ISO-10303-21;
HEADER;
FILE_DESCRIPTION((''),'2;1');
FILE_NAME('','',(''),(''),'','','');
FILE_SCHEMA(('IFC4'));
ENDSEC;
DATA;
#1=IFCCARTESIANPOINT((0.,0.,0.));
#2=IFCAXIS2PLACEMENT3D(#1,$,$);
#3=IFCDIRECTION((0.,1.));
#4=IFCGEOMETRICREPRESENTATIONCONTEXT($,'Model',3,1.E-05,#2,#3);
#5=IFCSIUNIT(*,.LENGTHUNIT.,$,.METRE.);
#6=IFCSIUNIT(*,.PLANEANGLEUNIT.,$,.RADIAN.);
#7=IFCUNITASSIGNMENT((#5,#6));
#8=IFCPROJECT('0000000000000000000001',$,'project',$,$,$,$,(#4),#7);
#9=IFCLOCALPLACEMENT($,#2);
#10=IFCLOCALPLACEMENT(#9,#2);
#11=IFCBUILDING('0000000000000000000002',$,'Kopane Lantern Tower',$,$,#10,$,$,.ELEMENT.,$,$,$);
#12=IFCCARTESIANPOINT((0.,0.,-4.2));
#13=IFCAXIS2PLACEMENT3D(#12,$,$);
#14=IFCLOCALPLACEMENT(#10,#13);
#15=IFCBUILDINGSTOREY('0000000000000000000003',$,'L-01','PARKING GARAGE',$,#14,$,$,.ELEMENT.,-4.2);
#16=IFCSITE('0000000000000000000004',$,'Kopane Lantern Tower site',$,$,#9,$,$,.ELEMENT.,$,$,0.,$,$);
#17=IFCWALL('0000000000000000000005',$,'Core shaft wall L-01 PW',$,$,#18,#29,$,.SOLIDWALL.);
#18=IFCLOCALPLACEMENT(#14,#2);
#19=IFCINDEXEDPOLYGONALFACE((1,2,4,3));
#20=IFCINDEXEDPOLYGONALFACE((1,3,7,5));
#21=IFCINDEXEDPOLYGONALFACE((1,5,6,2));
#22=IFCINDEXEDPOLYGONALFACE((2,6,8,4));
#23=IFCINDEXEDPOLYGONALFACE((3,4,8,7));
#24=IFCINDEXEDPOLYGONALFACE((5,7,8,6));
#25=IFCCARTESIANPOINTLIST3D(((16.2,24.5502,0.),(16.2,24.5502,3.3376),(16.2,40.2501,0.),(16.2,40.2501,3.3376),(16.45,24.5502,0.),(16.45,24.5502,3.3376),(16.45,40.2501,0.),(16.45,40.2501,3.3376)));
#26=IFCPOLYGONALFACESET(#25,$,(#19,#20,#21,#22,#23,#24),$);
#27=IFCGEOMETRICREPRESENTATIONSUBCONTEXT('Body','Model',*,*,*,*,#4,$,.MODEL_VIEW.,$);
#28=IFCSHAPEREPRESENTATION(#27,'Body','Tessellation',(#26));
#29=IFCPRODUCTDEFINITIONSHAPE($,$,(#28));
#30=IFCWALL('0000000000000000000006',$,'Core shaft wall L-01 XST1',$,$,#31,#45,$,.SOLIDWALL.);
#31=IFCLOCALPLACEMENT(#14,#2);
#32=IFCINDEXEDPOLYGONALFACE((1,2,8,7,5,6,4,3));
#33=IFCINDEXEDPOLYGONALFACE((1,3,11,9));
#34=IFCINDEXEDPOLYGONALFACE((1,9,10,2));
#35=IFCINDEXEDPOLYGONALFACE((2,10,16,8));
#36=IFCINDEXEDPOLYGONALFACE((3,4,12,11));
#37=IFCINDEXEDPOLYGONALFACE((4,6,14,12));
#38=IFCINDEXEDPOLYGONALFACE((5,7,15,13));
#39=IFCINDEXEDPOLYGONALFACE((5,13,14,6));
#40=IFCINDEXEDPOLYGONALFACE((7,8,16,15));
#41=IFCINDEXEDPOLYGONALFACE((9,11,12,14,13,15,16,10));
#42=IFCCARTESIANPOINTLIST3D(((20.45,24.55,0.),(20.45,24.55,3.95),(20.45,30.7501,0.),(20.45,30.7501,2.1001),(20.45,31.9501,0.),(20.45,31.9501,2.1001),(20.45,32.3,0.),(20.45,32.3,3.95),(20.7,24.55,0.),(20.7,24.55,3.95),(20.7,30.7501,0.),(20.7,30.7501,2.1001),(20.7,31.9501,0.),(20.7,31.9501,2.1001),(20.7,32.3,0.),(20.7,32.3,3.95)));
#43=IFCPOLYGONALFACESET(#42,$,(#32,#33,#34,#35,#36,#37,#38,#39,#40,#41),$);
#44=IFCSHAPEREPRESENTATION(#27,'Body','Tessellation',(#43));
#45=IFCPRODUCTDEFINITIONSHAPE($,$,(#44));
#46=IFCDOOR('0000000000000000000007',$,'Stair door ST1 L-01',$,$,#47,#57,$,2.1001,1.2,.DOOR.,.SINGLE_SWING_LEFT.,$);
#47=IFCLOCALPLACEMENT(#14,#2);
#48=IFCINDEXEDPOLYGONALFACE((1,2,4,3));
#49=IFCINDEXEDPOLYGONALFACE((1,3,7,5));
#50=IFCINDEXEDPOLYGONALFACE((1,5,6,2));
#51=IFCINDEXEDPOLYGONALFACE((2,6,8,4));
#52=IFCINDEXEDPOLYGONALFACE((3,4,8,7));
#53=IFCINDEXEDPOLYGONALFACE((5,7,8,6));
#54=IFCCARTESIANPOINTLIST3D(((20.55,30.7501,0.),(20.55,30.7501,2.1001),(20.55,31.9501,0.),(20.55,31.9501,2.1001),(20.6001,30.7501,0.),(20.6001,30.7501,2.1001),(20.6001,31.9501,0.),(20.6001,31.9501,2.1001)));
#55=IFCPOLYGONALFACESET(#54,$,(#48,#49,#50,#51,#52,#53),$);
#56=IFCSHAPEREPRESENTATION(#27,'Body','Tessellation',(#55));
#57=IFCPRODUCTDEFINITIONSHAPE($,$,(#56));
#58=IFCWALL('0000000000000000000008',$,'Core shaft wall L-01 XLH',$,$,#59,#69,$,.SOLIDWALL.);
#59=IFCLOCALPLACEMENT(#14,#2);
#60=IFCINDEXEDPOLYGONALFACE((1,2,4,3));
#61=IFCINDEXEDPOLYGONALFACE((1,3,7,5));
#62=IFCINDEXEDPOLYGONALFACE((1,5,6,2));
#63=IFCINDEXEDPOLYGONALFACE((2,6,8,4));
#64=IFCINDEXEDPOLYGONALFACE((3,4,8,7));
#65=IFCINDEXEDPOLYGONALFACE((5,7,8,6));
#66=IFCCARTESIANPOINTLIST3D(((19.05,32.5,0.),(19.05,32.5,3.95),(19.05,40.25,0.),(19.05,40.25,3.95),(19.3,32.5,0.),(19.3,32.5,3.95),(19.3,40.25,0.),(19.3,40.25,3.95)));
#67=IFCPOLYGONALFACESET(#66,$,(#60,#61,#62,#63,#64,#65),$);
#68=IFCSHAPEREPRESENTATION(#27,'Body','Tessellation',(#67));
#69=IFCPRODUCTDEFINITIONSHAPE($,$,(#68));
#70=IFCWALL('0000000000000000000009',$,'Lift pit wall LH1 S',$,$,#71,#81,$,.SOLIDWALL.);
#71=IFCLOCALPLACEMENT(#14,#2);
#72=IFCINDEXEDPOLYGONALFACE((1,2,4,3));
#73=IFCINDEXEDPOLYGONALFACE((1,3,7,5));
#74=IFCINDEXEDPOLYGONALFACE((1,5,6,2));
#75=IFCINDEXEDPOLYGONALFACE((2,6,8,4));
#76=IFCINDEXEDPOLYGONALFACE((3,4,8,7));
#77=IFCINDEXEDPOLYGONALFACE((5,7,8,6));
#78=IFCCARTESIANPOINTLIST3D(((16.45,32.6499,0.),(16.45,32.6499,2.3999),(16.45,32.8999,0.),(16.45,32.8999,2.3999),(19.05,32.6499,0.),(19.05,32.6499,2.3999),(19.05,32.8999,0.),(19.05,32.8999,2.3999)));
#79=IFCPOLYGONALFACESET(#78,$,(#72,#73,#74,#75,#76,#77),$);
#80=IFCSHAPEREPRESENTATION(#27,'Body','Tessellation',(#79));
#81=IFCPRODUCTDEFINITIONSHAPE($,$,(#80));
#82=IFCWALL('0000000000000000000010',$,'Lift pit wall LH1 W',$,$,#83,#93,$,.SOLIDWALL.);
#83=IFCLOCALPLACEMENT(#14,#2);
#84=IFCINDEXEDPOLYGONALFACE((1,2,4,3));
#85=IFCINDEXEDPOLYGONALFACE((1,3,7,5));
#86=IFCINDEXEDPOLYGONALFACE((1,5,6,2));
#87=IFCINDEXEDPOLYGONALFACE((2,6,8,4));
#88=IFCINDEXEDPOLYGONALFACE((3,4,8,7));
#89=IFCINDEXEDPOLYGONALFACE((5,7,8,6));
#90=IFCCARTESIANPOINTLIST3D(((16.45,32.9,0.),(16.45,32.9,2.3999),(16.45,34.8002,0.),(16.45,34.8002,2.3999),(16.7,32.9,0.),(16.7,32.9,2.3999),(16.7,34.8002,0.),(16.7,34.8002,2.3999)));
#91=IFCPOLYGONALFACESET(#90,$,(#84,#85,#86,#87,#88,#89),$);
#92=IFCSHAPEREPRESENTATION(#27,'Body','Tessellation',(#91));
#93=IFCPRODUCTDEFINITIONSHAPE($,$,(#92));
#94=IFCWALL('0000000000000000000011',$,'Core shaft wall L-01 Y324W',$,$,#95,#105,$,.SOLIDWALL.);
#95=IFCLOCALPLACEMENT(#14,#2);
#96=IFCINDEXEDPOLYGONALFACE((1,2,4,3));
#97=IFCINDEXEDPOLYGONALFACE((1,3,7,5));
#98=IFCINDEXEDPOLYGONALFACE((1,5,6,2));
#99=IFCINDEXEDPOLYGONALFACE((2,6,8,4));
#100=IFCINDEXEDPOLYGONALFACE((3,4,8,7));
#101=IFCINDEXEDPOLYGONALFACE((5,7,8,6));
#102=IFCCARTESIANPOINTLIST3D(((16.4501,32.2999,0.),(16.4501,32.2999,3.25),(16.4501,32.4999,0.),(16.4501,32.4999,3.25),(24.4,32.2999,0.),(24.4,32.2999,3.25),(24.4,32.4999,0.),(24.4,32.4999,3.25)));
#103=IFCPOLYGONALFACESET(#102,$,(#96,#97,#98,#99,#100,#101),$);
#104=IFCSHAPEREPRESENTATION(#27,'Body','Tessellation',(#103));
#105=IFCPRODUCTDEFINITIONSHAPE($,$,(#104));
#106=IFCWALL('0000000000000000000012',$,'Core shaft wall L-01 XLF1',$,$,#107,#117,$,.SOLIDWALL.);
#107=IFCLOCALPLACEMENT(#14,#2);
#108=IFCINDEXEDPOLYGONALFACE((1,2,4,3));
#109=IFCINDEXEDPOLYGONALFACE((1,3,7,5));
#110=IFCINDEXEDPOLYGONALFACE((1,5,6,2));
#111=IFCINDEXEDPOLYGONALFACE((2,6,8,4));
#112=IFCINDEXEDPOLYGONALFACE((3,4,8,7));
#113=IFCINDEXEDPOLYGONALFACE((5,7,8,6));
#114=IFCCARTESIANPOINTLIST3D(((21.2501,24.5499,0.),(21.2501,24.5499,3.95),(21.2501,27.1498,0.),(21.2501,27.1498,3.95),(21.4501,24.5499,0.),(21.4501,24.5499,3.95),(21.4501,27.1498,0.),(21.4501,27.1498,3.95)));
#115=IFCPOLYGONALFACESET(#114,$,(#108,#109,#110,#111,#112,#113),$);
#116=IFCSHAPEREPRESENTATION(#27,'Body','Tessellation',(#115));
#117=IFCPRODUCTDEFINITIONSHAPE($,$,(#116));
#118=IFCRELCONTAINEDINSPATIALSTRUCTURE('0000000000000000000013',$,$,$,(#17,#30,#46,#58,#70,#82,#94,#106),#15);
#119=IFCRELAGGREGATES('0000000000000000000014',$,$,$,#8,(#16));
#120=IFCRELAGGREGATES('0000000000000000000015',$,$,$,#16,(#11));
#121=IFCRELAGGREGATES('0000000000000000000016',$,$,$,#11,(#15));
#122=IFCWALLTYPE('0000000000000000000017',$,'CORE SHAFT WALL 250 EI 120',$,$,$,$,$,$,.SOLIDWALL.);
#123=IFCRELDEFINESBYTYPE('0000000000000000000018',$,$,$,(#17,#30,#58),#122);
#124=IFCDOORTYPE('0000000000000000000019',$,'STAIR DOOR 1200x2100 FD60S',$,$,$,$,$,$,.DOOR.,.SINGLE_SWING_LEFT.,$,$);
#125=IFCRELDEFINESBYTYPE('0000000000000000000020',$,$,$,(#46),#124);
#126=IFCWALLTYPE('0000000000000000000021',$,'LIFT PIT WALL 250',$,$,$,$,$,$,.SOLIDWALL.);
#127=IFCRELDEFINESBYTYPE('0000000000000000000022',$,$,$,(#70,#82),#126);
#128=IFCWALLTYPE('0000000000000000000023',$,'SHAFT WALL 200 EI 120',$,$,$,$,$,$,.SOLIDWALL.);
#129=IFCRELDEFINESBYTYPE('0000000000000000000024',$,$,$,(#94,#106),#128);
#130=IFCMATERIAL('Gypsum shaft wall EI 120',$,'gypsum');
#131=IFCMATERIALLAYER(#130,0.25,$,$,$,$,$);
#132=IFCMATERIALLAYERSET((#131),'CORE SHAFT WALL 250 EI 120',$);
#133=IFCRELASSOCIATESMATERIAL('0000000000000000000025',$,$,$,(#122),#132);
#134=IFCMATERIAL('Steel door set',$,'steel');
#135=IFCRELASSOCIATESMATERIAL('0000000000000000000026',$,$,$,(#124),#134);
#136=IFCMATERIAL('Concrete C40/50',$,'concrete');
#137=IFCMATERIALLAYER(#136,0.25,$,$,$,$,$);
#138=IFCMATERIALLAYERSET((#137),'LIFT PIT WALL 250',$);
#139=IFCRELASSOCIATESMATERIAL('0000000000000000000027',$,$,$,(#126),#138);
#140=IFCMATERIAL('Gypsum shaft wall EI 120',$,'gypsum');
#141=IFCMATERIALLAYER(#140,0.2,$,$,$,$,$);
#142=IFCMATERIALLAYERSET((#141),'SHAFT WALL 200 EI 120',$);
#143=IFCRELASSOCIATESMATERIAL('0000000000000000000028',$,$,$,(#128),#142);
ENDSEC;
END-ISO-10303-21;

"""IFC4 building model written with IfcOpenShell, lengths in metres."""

from ifc_helpers import new_model, si_unit, direction, frame, frame_2d, origin, place, context, subcontext, project, spatial, rectangle, extrude, material, layer, layer_set, type_object, element, fill, save


model = new_model("IFC4")

# Units and contexts
model_context = context("Model", 3, precision=1e-05, world=origin(), true_north=direction((0.0, 1.0)))
body_context = subcontext(model_context, "Body", "Model", "MODEL_VIEW")
ifc_project = project(units=[si_unit("LENGTHUNIT", "METRE"), si_unit("PLANEANGLEUNIT", "RADIAN")], contexts=[model_context])

# Site, building, storey
site_placement = place(None, origin())
site = spatial("IfcSite", under=ifc_project, at=site_placement, Name="Kopane Lantern Tower site", CompositionType="ELEMENT", RefElevation=0.0)
building_placement = place(site_placement, origin())
building = spatial("IfcBuilding", under=site, at=building_placement, Name="Kopane Lantern Tower", CompositionType="ELEMENT")
storey_placement = place(building_placement, frame((0.0, 0.0, -4.2)))
storey = spatial("IfcBuildingStorey", under=building, at=storey_placement, Name="L-01", Description="PARKING GARAGE", CompositionType="ELEMENT", Elevation=-4.2)

# Wall
ifc_material_1 = material(Name="Gypsum shaft wall EI 120", Category="gypsum")
ifc_layer_1 = layer(ifc_material_1, 0.25)
ifc_layer_set_1 = layer_set([ifc_layer_1], Name="CORE SHAFT WALL 250 EI 120")
wall_type_1 = type_object("IfcWallType", Name="CORE SHAFT WALL 250 EI 120", PredefinedType="SOLIDWALL", material=ifc_layer_set_1)
wall_1_placement = place(storey_placement, frame((16.325, 24.55, 0.0), z_axis=(0.0, 0.0, 1.0), x_axis=(0.0, 1.0, 0.0)))
element("IfcWall", 1, at=wall_1_placement, inside=storey, type_object=wall_type_1, Name="Core shaft wall L-01 PW", PredefinedType="SOLIDWALL", context=body_context, shape_type="SweptSolid", body=[
    extrude(rectangle(XDim=15.7, YDim=0.25, at=frame_2d((7.8501, 0.0))), origin(), (0.0, 0.0, 1.0), 3.3376),
])

# Wall, opening, door
wall_2_placement = place(storey_placement, frame((20.575, 24.55, 0.0), z_axis=(0.0, 0.0, 1.0), x_axis=(0.0, 1.0, 0.0)))
wall_2 = element("IfcWall", 2, at=wall_2_placement, inside=storey, type_object=wall_type_1, Name="Core shaft wall L-01 XST1", PredefinedType="SOLIDWALL", context=body_context, shape_type="SweptSolid", body=[
    extrude(rectangle(XDim=7.75, YDim=0.25, at=frame_2d((3.875, 0.0))), origin(), (0.0, 0.0, 1.0), 3.95),
])
opening_1_placement = place(wall_2_placement, frame((6.2, 0.0, 0.0)))
opening_1 = element("IfcOpeningElement", 3, at=opening_1_placement, cuts=wall_2, PredefinedType="OPENING", context=body_context, shape_type="SweptSolid", body=[
    extrude(rectangle(XDim=1.2, YDim=2.1001, at=frame_2d((0.6001, 1.05))), frame((0.0, 0.135, 0.0), z_axis=(0.0, -1.0, 0.0), x_axis=(1.0, 0.0, 0.0)), (0.0, 0.0, 1.0), 0.27),
])
ifc_material_2 = material(Name="Steel door set", Category="steel")
door_type_1 = type_object("IfcDoorType", Name="STAIR DOOR 1200x2100 FD60S", OperationType="SINGLE_SWING_LEFT", PredefinedType="DOOR", material=ifc_material_2)
door_1_placement = place(opening_1_placement, origin())
door_1 = element("IfcDoor", 4, at=door_1_placement, inside=storey, type_object=door_type_1, Name="Stair door ST1 L-01", OperationType="SINGLE_SWING_LEFT", OverallHeight=2.1001, OverallWidth=1.2, PredefinedType="DOOR", context=body_context, shape_type="SweptSolid", body=[
    extrude(rectangle(XDim=1.2, YDim=2.1001, at=frame_2d((0.6001, 1.05))), frame((0.0, 0.0249, 0.0), z_axis=(0.0, -1.0, 0.0), x_axis=(1.0, 0.0, 0.0)), (0.0, 0.0, 1.0), 0.05),
])
fill(opening_1, door_1)

# Walls
wall_3_placement = place(storey_placement, frame((19.175, 32.5, 0.0), z_axis=(0.0, 0.0, 1.0), x_axis=(0.0, 1.0, 0.0)))
element("IfcWall", 5, at=wall_3_placement, inside=storey, type_object=wall_type_1, Name="Core shaft wall L-01 XLH", PredefinedType="SOLIDWALL", context=body_context, shape_type="SweptSolid", body=[
    extrude(rectangle(XDim=7.75, YDim=0.25, at=frame_2d((3.875, 0.0))), origin(), (0.0, 0.0, 1.0), 3.95),
])
ifc_material_3 = material(Name="Concrete C40/50", Category="concrete")
ifc_layer_2 = layer(ifc_material_3, 0.25)
ifc_layer_set_2 = layer_set([ifc_layer_2], Name="LIFT PIT WALL 250")
wall_type_2 = type_object("IfcWallType", Name="LIFT PIT WALL 250", PredefinedType="SOLIDWALL", material=ifc_layer_set_2)
wall_4_placement = place(storey_placement, frame((16.45, 32.7749, 0.0), z_axis=(0.0, 0.0, 1.0), x_axis=(1.0, 0.0, 0.0)))
element("IfcWall", 6, at=wall_4_placement, inside=storey, type_object=wall_type_2, Name="Lift pit wall LH1 S", PredefinedType="SOLIDWALL", context=body_context, shape_type="SweptSolid", body=[
    extrude(rectangle(XDim=2.6001, YDim=0.25, at=frame_2d((1.3, 0.0))), origin(), (0.0, 0.0, 1.0), 2.3999),
])
wall_5_placement = place(storey_placement, frame((16.575, 32.8999, 0.0), z_axis=(0.0, 0.0, 1.0), x_axis=(0.0, 1.0, 0.0)))
element("IfcWall", 7, at=wall_5_placement, inside=storey, type_object=wall_type_2, Name="Lift pit wall LH1 W", PredefinedType="SOLIDWALL", context=body_context, shape_type="SweptSolid", body=[
    extrude(rectangle(XDim=1.9001, YDim=0.25, at=frame_2d((0.9502, 0.0))), origin(), (0.0, 0.0, 1.0), 2.3999),
])
ifc_material_4 = material(Name="Gypsum shaft wall EI 120", Category="gypsum")
ifc_layer_3 = layer(ifc_material_4, 0.2)
ifc_layer_set_3 = layer_set([ifc_layer_3], Name="SHAFT WALL 200 EI 120")
wall_type_3 = type_object("IfcWallType", Name="SHAFT WALL 200 EI 120", PredefinedType="SOLIDWALL", material=ifc_layer_set_3)
wall_6_placement = place(storey_placement, frame((16.45, 32.3999, 0.0), z_axis=(0.0, 0.0, 1.0), x_axis=(1.0, 0.0, 0.0)))
element("IfcWall", 8, at=wall_6_placement, inside=storey, type_object=wall_type_3, Name="Core shaft wall L-01 Y324W", PredefinedType="SOLIDWALL", context=body_context, shape_type="SweptSolid", body=[
    extrude(rectangle(XDim=7.95, YDim=0.2, at=frame_2d((3.9751, 0.0))), origin(), (0.0, 0.0, 1.0), 3.25),
])
wall_7_placement = place(storey_placement, frame((21.3501, 24.55, 0.0), z_axis=(0.0, 0.0, 1.0), x_axis=(0.0, 1.0, 0.0)))
element("IfcWall", 9, at=wall_7_placement, inside=storey, type_object=wall_type_3, Name="Core shaft wall L-01 XLF1", PredefinedType="SOLIDWALL", context=body_context, shape_type="SweptSolid", body=[
    extrude(rectangle(XDim=2.5999, YDim=0.2, at=frame_2d((1.2998, 0.0))), origin(), (0.0, 0.0, 1.0), 3.95),
])

save(model, "model.ifc")
